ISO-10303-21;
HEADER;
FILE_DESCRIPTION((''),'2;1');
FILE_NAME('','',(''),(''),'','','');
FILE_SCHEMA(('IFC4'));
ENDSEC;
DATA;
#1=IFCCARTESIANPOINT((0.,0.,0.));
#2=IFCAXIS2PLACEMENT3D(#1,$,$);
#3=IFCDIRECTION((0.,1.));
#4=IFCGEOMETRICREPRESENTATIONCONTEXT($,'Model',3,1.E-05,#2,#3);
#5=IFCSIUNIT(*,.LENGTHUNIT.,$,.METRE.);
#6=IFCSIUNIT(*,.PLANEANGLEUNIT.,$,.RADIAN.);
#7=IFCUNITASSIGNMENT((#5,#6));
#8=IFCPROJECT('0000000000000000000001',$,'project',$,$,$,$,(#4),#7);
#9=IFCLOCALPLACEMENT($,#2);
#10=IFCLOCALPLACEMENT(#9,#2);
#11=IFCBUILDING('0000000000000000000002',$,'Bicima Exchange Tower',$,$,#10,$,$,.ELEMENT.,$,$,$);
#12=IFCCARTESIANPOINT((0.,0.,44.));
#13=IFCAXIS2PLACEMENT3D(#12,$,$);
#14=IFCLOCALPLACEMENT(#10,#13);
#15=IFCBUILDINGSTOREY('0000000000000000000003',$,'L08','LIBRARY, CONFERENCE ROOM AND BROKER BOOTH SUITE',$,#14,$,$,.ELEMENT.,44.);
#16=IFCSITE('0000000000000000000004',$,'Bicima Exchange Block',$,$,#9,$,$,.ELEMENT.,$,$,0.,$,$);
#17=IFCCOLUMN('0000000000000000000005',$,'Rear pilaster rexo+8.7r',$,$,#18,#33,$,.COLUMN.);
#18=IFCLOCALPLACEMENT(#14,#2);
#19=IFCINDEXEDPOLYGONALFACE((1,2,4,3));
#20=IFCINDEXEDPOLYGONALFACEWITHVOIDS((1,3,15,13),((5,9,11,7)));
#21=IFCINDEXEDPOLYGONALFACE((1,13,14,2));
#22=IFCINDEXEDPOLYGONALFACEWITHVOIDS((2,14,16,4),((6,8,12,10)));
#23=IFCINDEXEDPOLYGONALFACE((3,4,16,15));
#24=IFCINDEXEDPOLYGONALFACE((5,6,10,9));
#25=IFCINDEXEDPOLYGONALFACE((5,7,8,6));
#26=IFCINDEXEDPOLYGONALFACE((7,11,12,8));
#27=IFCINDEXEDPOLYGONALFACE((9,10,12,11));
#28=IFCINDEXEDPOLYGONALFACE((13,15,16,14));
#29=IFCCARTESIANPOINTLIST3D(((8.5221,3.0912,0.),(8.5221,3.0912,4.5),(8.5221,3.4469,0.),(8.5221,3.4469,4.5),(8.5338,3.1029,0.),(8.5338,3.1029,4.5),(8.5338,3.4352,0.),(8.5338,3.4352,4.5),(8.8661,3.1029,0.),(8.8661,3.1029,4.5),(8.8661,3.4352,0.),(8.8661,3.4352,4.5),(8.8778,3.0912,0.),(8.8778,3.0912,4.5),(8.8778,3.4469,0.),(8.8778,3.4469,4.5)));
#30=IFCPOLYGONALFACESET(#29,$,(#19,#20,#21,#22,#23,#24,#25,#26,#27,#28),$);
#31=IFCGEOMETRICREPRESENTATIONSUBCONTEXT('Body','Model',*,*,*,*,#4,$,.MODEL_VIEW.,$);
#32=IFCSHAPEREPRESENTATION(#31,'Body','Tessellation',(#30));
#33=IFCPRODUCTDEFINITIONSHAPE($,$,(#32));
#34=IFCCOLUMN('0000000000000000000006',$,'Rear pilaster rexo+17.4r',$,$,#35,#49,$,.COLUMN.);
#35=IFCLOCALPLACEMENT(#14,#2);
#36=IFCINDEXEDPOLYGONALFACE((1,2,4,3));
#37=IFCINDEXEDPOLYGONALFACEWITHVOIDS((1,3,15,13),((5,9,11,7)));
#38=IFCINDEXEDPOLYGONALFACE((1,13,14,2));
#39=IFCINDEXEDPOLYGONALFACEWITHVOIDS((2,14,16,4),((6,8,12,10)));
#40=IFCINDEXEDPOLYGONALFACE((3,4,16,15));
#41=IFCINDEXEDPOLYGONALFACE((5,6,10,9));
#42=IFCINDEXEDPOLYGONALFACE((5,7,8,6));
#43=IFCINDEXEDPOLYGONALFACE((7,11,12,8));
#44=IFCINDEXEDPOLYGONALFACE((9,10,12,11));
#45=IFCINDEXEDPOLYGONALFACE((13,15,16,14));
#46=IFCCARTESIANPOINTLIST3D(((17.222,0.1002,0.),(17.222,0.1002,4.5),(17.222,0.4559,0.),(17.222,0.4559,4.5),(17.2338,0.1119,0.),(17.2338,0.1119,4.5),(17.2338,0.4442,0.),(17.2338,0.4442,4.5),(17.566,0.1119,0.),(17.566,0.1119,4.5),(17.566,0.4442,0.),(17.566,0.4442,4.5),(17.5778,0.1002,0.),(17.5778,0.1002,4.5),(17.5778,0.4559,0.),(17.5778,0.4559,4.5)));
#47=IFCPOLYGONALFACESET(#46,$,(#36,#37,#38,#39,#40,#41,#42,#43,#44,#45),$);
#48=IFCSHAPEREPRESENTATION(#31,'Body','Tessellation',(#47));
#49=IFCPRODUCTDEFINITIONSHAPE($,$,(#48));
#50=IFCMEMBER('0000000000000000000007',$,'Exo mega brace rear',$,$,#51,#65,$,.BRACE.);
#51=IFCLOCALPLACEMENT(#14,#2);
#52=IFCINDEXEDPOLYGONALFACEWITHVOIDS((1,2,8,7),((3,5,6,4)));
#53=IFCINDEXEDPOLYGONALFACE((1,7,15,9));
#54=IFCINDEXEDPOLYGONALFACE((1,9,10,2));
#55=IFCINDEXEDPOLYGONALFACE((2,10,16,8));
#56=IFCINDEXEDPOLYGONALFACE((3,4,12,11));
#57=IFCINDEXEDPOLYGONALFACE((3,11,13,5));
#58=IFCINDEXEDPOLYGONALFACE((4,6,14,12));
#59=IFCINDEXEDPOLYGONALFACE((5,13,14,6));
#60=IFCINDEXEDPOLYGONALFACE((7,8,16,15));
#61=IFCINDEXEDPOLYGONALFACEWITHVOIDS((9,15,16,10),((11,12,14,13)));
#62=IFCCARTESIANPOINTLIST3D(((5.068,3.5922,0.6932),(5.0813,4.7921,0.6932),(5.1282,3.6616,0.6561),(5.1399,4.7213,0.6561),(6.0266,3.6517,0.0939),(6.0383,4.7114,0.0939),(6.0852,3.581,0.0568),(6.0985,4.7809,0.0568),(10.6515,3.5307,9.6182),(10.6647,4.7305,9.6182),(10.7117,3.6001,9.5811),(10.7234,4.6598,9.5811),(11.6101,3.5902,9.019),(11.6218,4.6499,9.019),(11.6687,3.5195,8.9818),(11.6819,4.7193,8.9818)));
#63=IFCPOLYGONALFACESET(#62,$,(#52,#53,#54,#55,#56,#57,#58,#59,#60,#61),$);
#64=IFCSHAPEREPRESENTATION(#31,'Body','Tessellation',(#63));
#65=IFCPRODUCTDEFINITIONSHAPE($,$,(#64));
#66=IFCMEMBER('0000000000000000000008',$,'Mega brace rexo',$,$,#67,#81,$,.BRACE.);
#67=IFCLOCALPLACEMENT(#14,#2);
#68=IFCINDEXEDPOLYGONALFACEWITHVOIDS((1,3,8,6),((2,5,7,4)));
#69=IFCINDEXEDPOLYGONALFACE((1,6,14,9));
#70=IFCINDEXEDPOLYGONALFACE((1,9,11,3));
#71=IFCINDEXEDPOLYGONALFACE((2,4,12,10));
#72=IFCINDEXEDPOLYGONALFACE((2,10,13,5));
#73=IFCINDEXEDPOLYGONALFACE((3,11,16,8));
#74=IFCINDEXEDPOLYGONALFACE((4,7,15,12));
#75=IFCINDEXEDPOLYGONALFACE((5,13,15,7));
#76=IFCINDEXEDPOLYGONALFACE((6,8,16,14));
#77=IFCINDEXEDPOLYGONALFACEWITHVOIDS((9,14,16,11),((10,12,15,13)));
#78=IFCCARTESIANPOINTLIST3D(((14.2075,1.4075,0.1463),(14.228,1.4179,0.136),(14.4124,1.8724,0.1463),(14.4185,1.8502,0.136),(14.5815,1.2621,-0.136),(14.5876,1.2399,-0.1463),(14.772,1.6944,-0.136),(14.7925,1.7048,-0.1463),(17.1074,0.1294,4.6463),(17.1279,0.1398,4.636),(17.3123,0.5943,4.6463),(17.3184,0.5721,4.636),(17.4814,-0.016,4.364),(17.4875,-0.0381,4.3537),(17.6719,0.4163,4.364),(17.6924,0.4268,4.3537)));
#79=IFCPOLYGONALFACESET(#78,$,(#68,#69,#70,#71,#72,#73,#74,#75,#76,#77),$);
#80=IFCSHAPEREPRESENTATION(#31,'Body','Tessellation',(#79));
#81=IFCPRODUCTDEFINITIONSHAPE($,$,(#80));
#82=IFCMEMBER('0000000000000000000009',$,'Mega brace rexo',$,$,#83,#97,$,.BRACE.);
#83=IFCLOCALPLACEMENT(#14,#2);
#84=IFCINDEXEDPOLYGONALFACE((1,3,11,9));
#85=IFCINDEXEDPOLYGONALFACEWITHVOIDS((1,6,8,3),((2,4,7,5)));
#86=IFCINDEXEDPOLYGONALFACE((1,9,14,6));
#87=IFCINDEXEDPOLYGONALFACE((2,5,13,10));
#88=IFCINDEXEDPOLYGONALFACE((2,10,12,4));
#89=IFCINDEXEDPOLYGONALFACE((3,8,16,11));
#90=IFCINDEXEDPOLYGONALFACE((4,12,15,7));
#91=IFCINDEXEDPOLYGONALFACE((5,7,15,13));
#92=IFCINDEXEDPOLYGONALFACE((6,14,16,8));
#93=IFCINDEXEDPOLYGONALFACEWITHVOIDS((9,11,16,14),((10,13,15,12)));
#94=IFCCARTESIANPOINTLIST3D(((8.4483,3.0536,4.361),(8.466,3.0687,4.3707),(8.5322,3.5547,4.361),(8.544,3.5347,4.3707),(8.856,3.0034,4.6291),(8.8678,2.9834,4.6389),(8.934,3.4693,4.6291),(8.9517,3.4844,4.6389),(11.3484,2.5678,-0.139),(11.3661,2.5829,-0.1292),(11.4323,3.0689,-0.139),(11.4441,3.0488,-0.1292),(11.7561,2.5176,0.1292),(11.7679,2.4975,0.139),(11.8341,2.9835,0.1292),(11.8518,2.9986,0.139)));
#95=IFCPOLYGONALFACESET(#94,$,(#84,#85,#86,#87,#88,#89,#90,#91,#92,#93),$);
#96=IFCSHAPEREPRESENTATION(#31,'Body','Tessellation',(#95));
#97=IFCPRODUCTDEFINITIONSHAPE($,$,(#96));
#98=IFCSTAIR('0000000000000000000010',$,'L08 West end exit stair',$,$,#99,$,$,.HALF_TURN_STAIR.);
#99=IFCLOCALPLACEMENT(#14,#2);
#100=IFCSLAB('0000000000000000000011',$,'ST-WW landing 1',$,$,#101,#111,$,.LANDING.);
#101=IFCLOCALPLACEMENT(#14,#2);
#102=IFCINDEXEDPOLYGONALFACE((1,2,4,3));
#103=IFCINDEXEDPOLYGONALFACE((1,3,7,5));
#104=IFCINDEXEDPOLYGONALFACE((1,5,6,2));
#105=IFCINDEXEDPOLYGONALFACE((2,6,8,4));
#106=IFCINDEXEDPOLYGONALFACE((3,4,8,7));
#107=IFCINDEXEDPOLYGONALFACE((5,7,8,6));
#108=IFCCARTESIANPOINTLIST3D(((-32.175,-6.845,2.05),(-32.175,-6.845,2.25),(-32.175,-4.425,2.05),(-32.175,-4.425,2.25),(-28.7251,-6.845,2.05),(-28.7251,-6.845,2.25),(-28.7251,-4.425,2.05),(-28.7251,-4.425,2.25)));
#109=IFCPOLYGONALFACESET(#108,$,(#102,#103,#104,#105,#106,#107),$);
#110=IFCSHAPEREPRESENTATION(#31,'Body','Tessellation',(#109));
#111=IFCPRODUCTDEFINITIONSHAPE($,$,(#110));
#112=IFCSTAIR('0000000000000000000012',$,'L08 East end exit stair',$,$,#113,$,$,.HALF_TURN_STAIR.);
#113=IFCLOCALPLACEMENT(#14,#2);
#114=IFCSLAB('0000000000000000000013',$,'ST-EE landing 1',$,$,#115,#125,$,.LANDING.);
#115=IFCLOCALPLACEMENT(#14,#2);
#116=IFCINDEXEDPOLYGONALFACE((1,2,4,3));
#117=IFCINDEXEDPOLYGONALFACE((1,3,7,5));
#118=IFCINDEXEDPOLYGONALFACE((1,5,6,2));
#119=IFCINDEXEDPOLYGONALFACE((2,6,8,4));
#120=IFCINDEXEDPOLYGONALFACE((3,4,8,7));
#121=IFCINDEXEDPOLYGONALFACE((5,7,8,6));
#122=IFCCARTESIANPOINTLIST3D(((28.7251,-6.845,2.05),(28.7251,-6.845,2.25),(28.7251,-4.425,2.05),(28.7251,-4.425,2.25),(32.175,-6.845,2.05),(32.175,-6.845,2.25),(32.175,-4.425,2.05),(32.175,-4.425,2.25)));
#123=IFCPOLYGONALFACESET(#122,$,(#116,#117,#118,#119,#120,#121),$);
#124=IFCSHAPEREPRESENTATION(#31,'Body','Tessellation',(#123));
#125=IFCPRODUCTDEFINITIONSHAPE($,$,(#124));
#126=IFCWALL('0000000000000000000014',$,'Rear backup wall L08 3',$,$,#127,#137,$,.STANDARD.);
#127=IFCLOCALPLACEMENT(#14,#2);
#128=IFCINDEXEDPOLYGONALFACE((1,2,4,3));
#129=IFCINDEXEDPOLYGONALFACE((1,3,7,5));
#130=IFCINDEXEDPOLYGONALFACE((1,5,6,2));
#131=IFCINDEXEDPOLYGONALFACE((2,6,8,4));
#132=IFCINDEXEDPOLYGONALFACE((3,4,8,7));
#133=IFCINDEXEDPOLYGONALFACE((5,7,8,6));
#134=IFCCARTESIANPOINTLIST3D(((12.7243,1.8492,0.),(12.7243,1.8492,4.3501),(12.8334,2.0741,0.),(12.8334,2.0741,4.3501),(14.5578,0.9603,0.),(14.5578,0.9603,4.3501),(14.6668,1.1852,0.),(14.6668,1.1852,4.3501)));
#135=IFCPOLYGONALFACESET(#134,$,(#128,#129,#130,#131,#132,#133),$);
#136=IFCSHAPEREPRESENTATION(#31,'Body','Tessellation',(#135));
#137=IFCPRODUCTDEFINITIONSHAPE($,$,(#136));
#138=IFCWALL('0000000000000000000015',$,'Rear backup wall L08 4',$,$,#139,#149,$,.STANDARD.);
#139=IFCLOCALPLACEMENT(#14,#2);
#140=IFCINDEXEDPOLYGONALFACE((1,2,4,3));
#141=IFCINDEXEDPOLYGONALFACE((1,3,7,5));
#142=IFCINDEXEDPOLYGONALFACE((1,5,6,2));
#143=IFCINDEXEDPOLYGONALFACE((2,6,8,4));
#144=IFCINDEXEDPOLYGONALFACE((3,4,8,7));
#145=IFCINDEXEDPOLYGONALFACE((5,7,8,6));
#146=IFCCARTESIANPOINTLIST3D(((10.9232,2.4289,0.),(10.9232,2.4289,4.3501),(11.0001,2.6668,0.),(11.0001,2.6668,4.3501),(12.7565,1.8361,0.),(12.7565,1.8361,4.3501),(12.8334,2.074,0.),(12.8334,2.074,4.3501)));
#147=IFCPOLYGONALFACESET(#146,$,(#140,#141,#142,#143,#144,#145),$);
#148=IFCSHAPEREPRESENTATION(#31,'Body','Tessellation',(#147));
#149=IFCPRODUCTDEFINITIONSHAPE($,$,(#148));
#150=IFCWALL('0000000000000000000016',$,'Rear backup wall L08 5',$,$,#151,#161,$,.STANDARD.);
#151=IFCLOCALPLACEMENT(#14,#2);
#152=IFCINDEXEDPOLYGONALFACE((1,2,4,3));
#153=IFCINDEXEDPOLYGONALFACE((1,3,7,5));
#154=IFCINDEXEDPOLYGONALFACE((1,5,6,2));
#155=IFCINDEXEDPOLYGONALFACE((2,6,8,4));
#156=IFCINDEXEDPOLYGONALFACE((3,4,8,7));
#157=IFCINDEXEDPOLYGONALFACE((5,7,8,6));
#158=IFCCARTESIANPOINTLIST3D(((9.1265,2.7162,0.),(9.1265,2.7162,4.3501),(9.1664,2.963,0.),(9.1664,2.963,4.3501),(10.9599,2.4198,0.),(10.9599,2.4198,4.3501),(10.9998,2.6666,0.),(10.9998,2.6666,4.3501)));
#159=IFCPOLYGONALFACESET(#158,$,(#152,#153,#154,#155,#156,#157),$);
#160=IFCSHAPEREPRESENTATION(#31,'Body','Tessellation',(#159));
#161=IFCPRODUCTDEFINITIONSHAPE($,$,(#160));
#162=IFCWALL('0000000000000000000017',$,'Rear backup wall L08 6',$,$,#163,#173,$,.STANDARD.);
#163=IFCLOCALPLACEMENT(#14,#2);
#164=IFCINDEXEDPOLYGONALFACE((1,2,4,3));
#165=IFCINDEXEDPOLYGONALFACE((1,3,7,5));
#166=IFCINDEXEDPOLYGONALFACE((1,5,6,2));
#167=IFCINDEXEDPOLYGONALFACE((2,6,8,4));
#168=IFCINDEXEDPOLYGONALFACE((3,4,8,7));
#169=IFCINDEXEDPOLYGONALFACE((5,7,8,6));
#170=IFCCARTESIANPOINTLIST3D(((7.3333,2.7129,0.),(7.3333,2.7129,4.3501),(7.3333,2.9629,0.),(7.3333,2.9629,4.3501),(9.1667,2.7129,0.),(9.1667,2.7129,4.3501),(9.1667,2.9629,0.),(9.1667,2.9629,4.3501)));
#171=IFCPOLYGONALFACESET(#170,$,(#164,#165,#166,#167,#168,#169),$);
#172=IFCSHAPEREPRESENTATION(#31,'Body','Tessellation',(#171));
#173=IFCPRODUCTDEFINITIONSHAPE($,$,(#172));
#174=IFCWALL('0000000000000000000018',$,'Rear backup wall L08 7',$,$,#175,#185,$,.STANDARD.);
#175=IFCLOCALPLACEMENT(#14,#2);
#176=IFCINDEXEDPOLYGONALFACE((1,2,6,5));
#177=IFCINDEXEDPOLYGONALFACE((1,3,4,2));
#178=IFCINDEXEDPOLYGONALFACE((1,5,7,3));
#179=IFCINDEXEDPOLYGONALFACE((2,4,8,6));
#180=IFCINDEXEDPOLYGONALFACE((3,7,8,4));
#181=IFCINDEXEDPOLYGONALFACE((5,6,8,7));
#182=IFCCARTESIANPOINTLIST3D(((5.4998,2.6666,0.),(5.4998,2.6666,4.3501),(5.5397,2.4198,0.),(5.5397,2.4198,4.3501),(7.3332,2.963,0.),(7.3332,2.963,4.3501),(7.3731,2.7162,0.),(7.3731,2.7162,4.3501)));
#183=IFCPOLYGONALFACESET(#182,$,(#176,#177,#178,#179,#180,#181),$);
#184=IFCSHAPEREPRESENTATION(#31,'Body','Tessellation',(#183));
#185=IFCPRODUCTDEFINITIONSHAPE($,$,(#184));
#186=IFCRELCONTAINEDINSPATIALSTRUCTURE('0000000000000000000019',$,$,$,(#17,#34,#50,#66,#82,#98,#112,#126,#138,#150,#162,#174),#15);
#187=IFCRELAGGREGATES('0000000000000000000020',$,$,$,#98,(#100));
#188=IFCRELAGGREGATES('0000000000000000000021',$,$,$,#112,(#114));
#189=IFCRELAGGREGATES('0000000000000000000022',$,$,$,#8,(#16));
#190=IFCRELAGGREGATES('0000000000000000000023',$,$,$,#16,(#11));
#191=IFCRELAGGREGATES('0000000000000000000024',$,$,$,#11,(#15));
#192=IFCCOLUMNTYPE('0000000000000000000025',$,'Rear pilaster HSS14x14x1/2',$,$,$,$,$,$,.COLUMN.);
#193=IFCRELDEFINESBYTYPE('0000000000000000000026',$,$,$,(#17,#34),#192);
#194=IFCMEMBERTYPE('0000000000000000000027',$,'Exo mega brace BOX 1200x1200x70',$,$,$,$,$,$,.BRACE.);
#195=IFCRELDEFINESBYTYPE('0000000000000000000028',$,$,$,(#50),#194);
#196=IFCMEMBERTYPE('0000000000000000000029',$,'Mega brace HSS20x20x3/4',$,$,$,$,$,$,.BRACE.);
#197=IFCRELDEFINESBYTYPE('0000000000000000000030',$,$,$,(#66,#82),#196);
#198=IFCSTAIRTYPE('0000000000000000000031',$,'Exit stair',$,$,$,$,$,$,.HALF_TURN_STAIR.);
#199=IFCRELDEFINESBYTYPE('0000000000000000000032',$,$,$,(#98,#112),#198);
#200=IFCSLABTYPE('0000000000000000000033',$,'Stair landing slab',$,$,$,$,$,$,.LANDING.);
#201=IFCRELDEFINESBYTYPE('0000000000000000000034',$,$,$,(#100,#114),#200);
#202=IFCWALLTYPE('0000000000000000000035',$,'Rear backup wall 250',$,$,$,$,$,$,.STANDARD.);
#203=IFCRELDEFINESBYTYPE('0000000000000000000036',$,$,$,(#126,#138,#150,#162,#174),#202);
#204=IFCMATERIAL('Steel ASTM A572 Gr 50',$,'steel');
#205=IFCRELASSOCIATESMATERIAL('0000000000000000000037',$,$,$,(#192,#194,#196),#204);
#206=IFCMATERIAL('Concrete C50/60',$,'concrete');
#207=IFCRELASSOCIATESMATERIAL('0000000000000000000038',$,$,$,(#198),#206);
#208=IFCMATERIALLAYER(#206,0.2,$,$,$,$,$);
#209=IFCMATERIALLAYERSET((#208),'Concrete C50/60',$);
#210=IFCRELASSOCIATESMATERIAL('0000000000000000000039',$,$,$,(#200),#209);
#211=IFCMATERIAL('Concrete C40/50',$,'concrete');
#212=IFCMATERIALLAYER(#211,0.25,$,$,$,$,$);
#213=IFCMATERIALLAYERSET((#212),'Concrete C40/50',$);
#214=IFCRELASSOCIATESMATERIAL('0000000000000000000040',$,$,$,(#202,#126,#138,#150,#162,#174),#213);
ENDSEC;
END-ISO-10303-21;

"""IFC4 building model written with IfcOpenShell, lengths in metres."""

from ifc_helpers import new_model, si_unit, direction, frame, frame_2d, origin, origin_2d, place, context, subcontext, project, spatial, polyline, rectangle, hollow_rectangle, outline, extrude, material, layer, layer_set, layer_usage, material_profile, profile_set, type_object, element, aggregate, save


model = new_model("IFC4")

# Units and contexts
model_context = context("Model", 3, precision=1e-05, world=origin(), true_north=direction((0.0, 1.0)))
body_context = subcontext(model_context, "Body", "Model", "MODEL_VIEW")
ifc_project = project(units=[si_unit("LENGTHUNIT", "METRE"), si_unit("PLANEANGLEUNIT", "RADIAN")], contexts=[model_context])

# Site, building, storey
site_placement = place(None, origin())
site = spatial("IfcSite", under=ifc_project, at=site_placement, Name="Bicima Exchange Block", CompositionType="ELEMENT", RefElevation=0.0)
building_placement = place(site_placement, origin())
building = spatial("IfcBuilding", under=site, at=building_placement, Name="Bicima Exchange Tower", CompositionType="ELEMENT")
storey_placement = place(building_placement, frame((0.0, 0.0, 44.0)))
storey = spatial("IfcBuildingStorey", under=building, at=storey_placement, Name="L08", Description="LIBRARY, CONFERENCE ROOM AND BROKER BOOTH SUITE", CompositionType="ELEMENT", Elevation=44.0)

# Columns
ifc_material_1 = material(Name="Steel ASTM A572 Gr 50", Category="steel")
ifc_material_profile_1 = material_profile(ifc_material_1, hollow_rectangle(XDim=0.3557, YDim=0.3557, WallThickness=0.0117, at=origin_2d()))
ifc_profile_set_1 = profile_set([ifc_material_profile_1], Name="Steel ASTM A572 Gr 50")
column_type = type_object("IfcColumnType", Name="Rear pilaster HSS14x14x1/2", PredefinedType="COLUMN", material=ifc_profile_set_1)
for number, where, z_axis, x_axis, name in (
    (1, (8.7, 3.269, 0.0), (0.0, 0.0, 1.0), (1.0, 0.0, 0.0), "Rear pilaster rexo+8.7r"),
    (2, (17.3999, 0.2781, 0.0), (0.0, 0.0, 1.0), (1.0, 0.0, 0.0), "Rear pilaster rexo+17.4r"),
):
    element("IfcColumn", number, at=place(storey_placement, frame(where, z_axis=z_axis, x_axis=x_axis)), inside=storey, type_object=column_type, Name=name, PredefinedType="COLUMN", context=body_context, shape_type="SweptSolid", body=[
        extrude(hollow_rectangle(XDim=0.3557, YDim=0.3557, WallThickness=0.0117, at=origin_2d()), origin(), (0.0, 0.0, 1.0), 4.5),
    ])

# Members
ifc_material_profile_2 = material_profile(ifc_material_1, hollow_rectangle(XDim=1.2, YDim=1.2, WallThickness=0.0701, at=origin_2d()))
ifc_profile_set_2 = profile_set([ifc_material_profile_2], Name="Steel ASTM A572 Gr 50")
member_type_1 = type_object("IfcMemberType", Name="Exo mega brace BOX 1200x1200x70", PredefinedType="BRACE", material=ifc_profile_set_2)
member_1_placement = place(storey_placement, frame((5.5833, 4.1865, 0.375), z_axis=(0.530355, -0.005844, 0.847756), x_axis=(0.011018, 0.999939, 0.0)))
element("IfcMember", 3, at=member_1_placement, inside=storey, type_object=member_type_1, Name="Exo mega brace rear", PredefinedType="BRACE", context=body_context, shape_type="SweptSolid", body=[
    extrude(hollow_rectangle(XDim=1.2, YDim=1.2, WallThickness=0.0701, at=origin_2d()), origin(), (0.0, 0.0, 1.0), 10.5278),
])
ifc_material_profile_3 = material_profile(ifc_material_1, hollow_rectangle(XDim=0.5081, YDim=0.5081, WallThickness=0.0178, at=origin_2d()))
ifc_profile_set_3 = profile_set([ifc_material_profile_3], Name="Steel ASTM A572 Gr 50")
member_type_2 = type_object("IfcMemberType", Name="Mega brace HSS20x20x3/4", PredefinedType="BRACE", material=ifc_profile_set_3)
member_2_placement = place(storey_placement, frame((14.5, 1.5562, 0.0), z_axis=(0.526881, -0.232213, 0.817602), x_axis=(0.403299, 0.915068, 0.0)))
element("IfcMember", 4, at=member_2_placement, inside=storey, type_object=member_type_2, Name="Mega brace rexo", PredefinedType="BRACE", context=body_context, shape_type="SweptSolid", body=[
    extrude(hollow_rectangle(XDim=0.5081, YDim=0.5081, WallThickness=0.0178, at=origin_2d()), origin(), (0.0, 0.0, 1.0), 5.5039),
])
member_3_placement = place(storey_placement, frame((11.6001, 2.7832, 0.0), z_axis=(-0.539504, 0.090379, 0.837119), x_axis=(-0.16522, -0.986257, 0.0)))
element("IfcMember", 5, at=member_3_placement, inside=storey, type_object=member_type_2, Name="Mega brace rexo", PredefinedType="BRACE", context=body_context, shape_type="SweptSolid", body=[
    extrude(hollow_rectangle(XDim=0.5081, YDim=0.5081, WallThickness=0.0178, at=origin_2d()), origin(), (0.0, 0.0, 1.0), 5.3755),
])

# Stairs, slabs
ifc_material_2 = material(Name="Concrete C50/60", Category="concrete")
stair_type = type_object("IfcStairType", Name="Exit stair", PredefinedType="HALF_TURN_STAIR", material=ifc_material_2)
stair_1_placement = place(storey_placement, origin())
stair_1 = element("IfcStair", 6, at=stair_1_placement, inside=storey, type_object=stair_type, Name="L08 West end exit stair", PredefinedType="HALF_TURN_STAIR")
ifc_layer_1 = layer(ifc_material_2, 0.2)
ifc_layer_set_1 = layer_set([ifc_layer_1], Name="Concrete C50/60")
slab_type = type_object("IfcSlabType", Name="Stair landing slab", PredefinedType="LANDING", material=ifc_layer_set_1)
slab_1_placement = place(storey_placement, frame((0.0, 0.0, 2.05)))
slab_1 = element("IfcSlab", 7, at=slab_1_placement, type_object=slab_type, Name="ST-WW landing 1", PredefinedType="LANDING", context=body_context, shape_type="SweptSolid", body=[
    extrude(outline(polyline([(-28.7251, -6.845), (-28.7251, -4.425), (-32.175, -4.425), (-32.175, -6.845), (-28.7251, -6.845)])), origin(), (0.0, 0.0, 1.0), 0.2),
])
aggregate(stair_1, [slab_1])
stair_2_placement = place(storey_placement, origin())
stair_2 = element("IfcStair", 8, at=stair_2_placement, inside=storey, type_object=stair_type, Name="L08 East end exit stair", PredefinedType="HALF_TURN_STAIR")
slab_2_placement = place(storey_placement, frame((0.0, 0.0, 2.05)))
slab_2 = element("IfcSlab", 9, at=slab_2_placement, type_object=slab_type, Name="ST-EE landing 1", PredefinedType="LANDING", context=body_context, shape_type="SweptSolid", body=[
    extrude(outline(polyline([(32.175, -6.845), (32.175, -4.425), (28.7251, -4.425), (28.7251, -6.845), (32.175, -6.845)])), origin(), (0.0, 0.0, 1.0), 0.2),
])
aggregate(stair_2, [slab_2])

# Walls
ifc_material_3 = material(Name="Concrete C40/50", Category="concrete")
ifc_layer_2 = layer(ifc_material_3, 0.25)
ifc_layer_set_2 = layer_set([ifc_layer_2], Name="Concrete C40/50")
ifc_layer_usage = layer_usage(ifc_layer_set_2, "AXIS2", "POSITIVE", -0.125)
wall_type = type_object("IfcWallType", Name="Rear backup wall 250", PredefinedType="STANDARD", material=ifc_layer_set_2)
wall_1_placement = place(storey_placement, frame((14.6123, 1.0728, 0.0), z_axis=(0.0, 0.0, 1.0), x_axis=(-0.899824, 0.436253, 0.0)))
element("IfcWall", 10, at=wall_1_placement, inside=storey, type_object=wall_type, material=ifc_layer_usage, Name="Rear backup wall L08 3", PredefinedType="STANDARD", context=body_context, shape_type="SweptSolid", body=[
    extrude(rectangle(XDim=2.0376, YDim=0.25, at=frame_2d((1.0188, 0.0))), origin(), (0.0, 0.0, 1.0), 4.3501),
])
wall_2_placement = place(storey_placement, frame((12.7949, 1.9551, 0.0), z_axis=(0.0, 0.0, 1.0), x_axis=(-0.951496, 0.307662, 0.0)))
element("IfcWall", 11, at=wall_2_placement, inside=storey, type_object=wall_type, material=ifc_layer_usage, Name="Rear backup wall L08 4", PredefinedType="STANDARD", context=body_context, shape_type="SweptSolid", body=[
    extrude(rectangle(XDim=1.9268, YDim=0.25, at=frame_2d((0.9634, 0.0))), origin(), (0.0, 0.0, 1.0), 4.3501),
])
wall_3_placement = place(storey_placement, frame((10.98, 2.5432, 0.0), z_axis=(0.0, 0.0, 1.0), x_axis=(-0.987182, 0.1596, 0.0)))
element("IfcWall", 12, at=wall_3_placement, inside=storey, type_object=wall_type, material=ifc_layer_usage, Name="Rear backup wall L08 5", PredefinedType="STANDARD", context=body_context, shape_type="SweptSolid", body=[
    extrude(rectangle(XDim=1.8572, YDim=0.25, at=frame_2d((0.9287, 0.0))), origin(), (0.0, 0.0, 1.0), 4.3501),
])
wall_4_placement = place(storey_placement, frame((9.1667, 2.8379, 0.0), z_axis=(0.0, 0.0, 1.0), x_axis=(-1.0, 0.0, 0.0)))
element("IfcWall", 13, at=wall_4_placement, inside=storey, type_object=wall_type, material=ifc_layer_usage, Name="Rear backup wall L08 6", PredefinedType="STANDARD", context=body_context, shape_type="SweptSolid", body=[
    extrude(rectangle(XDim=1.8335, YDim=0.25, at=frame_2d((0.9167, 0.0))), origin(), (0.0, 0.0, 1.0), 4.3501),
])
wall_5_placement = place(storey_placement, frame((7.3533, 2.8396, 0.0), z_axis=(0.0, 0.0, 1.0), x_axis=(-0.987182, -0.1596, 0.0)))
element("IfcWall", 14, at=wall_5_placement, inside=storey, type_object=wall_type, material=ifc_layer_usage, Name="Rear backup wall L08 7", PredefinedType="STANDARD", context=body_context, shape_type="SweptSolid", body=[
    extrude(rectangle(XDim=1.8572, YDim=0.25, at=frame_2d((0.9287, 0.0))), origin(), (0.0, 0.0, 1.0), 4.3501),
])

save(model, "model.ifc")
